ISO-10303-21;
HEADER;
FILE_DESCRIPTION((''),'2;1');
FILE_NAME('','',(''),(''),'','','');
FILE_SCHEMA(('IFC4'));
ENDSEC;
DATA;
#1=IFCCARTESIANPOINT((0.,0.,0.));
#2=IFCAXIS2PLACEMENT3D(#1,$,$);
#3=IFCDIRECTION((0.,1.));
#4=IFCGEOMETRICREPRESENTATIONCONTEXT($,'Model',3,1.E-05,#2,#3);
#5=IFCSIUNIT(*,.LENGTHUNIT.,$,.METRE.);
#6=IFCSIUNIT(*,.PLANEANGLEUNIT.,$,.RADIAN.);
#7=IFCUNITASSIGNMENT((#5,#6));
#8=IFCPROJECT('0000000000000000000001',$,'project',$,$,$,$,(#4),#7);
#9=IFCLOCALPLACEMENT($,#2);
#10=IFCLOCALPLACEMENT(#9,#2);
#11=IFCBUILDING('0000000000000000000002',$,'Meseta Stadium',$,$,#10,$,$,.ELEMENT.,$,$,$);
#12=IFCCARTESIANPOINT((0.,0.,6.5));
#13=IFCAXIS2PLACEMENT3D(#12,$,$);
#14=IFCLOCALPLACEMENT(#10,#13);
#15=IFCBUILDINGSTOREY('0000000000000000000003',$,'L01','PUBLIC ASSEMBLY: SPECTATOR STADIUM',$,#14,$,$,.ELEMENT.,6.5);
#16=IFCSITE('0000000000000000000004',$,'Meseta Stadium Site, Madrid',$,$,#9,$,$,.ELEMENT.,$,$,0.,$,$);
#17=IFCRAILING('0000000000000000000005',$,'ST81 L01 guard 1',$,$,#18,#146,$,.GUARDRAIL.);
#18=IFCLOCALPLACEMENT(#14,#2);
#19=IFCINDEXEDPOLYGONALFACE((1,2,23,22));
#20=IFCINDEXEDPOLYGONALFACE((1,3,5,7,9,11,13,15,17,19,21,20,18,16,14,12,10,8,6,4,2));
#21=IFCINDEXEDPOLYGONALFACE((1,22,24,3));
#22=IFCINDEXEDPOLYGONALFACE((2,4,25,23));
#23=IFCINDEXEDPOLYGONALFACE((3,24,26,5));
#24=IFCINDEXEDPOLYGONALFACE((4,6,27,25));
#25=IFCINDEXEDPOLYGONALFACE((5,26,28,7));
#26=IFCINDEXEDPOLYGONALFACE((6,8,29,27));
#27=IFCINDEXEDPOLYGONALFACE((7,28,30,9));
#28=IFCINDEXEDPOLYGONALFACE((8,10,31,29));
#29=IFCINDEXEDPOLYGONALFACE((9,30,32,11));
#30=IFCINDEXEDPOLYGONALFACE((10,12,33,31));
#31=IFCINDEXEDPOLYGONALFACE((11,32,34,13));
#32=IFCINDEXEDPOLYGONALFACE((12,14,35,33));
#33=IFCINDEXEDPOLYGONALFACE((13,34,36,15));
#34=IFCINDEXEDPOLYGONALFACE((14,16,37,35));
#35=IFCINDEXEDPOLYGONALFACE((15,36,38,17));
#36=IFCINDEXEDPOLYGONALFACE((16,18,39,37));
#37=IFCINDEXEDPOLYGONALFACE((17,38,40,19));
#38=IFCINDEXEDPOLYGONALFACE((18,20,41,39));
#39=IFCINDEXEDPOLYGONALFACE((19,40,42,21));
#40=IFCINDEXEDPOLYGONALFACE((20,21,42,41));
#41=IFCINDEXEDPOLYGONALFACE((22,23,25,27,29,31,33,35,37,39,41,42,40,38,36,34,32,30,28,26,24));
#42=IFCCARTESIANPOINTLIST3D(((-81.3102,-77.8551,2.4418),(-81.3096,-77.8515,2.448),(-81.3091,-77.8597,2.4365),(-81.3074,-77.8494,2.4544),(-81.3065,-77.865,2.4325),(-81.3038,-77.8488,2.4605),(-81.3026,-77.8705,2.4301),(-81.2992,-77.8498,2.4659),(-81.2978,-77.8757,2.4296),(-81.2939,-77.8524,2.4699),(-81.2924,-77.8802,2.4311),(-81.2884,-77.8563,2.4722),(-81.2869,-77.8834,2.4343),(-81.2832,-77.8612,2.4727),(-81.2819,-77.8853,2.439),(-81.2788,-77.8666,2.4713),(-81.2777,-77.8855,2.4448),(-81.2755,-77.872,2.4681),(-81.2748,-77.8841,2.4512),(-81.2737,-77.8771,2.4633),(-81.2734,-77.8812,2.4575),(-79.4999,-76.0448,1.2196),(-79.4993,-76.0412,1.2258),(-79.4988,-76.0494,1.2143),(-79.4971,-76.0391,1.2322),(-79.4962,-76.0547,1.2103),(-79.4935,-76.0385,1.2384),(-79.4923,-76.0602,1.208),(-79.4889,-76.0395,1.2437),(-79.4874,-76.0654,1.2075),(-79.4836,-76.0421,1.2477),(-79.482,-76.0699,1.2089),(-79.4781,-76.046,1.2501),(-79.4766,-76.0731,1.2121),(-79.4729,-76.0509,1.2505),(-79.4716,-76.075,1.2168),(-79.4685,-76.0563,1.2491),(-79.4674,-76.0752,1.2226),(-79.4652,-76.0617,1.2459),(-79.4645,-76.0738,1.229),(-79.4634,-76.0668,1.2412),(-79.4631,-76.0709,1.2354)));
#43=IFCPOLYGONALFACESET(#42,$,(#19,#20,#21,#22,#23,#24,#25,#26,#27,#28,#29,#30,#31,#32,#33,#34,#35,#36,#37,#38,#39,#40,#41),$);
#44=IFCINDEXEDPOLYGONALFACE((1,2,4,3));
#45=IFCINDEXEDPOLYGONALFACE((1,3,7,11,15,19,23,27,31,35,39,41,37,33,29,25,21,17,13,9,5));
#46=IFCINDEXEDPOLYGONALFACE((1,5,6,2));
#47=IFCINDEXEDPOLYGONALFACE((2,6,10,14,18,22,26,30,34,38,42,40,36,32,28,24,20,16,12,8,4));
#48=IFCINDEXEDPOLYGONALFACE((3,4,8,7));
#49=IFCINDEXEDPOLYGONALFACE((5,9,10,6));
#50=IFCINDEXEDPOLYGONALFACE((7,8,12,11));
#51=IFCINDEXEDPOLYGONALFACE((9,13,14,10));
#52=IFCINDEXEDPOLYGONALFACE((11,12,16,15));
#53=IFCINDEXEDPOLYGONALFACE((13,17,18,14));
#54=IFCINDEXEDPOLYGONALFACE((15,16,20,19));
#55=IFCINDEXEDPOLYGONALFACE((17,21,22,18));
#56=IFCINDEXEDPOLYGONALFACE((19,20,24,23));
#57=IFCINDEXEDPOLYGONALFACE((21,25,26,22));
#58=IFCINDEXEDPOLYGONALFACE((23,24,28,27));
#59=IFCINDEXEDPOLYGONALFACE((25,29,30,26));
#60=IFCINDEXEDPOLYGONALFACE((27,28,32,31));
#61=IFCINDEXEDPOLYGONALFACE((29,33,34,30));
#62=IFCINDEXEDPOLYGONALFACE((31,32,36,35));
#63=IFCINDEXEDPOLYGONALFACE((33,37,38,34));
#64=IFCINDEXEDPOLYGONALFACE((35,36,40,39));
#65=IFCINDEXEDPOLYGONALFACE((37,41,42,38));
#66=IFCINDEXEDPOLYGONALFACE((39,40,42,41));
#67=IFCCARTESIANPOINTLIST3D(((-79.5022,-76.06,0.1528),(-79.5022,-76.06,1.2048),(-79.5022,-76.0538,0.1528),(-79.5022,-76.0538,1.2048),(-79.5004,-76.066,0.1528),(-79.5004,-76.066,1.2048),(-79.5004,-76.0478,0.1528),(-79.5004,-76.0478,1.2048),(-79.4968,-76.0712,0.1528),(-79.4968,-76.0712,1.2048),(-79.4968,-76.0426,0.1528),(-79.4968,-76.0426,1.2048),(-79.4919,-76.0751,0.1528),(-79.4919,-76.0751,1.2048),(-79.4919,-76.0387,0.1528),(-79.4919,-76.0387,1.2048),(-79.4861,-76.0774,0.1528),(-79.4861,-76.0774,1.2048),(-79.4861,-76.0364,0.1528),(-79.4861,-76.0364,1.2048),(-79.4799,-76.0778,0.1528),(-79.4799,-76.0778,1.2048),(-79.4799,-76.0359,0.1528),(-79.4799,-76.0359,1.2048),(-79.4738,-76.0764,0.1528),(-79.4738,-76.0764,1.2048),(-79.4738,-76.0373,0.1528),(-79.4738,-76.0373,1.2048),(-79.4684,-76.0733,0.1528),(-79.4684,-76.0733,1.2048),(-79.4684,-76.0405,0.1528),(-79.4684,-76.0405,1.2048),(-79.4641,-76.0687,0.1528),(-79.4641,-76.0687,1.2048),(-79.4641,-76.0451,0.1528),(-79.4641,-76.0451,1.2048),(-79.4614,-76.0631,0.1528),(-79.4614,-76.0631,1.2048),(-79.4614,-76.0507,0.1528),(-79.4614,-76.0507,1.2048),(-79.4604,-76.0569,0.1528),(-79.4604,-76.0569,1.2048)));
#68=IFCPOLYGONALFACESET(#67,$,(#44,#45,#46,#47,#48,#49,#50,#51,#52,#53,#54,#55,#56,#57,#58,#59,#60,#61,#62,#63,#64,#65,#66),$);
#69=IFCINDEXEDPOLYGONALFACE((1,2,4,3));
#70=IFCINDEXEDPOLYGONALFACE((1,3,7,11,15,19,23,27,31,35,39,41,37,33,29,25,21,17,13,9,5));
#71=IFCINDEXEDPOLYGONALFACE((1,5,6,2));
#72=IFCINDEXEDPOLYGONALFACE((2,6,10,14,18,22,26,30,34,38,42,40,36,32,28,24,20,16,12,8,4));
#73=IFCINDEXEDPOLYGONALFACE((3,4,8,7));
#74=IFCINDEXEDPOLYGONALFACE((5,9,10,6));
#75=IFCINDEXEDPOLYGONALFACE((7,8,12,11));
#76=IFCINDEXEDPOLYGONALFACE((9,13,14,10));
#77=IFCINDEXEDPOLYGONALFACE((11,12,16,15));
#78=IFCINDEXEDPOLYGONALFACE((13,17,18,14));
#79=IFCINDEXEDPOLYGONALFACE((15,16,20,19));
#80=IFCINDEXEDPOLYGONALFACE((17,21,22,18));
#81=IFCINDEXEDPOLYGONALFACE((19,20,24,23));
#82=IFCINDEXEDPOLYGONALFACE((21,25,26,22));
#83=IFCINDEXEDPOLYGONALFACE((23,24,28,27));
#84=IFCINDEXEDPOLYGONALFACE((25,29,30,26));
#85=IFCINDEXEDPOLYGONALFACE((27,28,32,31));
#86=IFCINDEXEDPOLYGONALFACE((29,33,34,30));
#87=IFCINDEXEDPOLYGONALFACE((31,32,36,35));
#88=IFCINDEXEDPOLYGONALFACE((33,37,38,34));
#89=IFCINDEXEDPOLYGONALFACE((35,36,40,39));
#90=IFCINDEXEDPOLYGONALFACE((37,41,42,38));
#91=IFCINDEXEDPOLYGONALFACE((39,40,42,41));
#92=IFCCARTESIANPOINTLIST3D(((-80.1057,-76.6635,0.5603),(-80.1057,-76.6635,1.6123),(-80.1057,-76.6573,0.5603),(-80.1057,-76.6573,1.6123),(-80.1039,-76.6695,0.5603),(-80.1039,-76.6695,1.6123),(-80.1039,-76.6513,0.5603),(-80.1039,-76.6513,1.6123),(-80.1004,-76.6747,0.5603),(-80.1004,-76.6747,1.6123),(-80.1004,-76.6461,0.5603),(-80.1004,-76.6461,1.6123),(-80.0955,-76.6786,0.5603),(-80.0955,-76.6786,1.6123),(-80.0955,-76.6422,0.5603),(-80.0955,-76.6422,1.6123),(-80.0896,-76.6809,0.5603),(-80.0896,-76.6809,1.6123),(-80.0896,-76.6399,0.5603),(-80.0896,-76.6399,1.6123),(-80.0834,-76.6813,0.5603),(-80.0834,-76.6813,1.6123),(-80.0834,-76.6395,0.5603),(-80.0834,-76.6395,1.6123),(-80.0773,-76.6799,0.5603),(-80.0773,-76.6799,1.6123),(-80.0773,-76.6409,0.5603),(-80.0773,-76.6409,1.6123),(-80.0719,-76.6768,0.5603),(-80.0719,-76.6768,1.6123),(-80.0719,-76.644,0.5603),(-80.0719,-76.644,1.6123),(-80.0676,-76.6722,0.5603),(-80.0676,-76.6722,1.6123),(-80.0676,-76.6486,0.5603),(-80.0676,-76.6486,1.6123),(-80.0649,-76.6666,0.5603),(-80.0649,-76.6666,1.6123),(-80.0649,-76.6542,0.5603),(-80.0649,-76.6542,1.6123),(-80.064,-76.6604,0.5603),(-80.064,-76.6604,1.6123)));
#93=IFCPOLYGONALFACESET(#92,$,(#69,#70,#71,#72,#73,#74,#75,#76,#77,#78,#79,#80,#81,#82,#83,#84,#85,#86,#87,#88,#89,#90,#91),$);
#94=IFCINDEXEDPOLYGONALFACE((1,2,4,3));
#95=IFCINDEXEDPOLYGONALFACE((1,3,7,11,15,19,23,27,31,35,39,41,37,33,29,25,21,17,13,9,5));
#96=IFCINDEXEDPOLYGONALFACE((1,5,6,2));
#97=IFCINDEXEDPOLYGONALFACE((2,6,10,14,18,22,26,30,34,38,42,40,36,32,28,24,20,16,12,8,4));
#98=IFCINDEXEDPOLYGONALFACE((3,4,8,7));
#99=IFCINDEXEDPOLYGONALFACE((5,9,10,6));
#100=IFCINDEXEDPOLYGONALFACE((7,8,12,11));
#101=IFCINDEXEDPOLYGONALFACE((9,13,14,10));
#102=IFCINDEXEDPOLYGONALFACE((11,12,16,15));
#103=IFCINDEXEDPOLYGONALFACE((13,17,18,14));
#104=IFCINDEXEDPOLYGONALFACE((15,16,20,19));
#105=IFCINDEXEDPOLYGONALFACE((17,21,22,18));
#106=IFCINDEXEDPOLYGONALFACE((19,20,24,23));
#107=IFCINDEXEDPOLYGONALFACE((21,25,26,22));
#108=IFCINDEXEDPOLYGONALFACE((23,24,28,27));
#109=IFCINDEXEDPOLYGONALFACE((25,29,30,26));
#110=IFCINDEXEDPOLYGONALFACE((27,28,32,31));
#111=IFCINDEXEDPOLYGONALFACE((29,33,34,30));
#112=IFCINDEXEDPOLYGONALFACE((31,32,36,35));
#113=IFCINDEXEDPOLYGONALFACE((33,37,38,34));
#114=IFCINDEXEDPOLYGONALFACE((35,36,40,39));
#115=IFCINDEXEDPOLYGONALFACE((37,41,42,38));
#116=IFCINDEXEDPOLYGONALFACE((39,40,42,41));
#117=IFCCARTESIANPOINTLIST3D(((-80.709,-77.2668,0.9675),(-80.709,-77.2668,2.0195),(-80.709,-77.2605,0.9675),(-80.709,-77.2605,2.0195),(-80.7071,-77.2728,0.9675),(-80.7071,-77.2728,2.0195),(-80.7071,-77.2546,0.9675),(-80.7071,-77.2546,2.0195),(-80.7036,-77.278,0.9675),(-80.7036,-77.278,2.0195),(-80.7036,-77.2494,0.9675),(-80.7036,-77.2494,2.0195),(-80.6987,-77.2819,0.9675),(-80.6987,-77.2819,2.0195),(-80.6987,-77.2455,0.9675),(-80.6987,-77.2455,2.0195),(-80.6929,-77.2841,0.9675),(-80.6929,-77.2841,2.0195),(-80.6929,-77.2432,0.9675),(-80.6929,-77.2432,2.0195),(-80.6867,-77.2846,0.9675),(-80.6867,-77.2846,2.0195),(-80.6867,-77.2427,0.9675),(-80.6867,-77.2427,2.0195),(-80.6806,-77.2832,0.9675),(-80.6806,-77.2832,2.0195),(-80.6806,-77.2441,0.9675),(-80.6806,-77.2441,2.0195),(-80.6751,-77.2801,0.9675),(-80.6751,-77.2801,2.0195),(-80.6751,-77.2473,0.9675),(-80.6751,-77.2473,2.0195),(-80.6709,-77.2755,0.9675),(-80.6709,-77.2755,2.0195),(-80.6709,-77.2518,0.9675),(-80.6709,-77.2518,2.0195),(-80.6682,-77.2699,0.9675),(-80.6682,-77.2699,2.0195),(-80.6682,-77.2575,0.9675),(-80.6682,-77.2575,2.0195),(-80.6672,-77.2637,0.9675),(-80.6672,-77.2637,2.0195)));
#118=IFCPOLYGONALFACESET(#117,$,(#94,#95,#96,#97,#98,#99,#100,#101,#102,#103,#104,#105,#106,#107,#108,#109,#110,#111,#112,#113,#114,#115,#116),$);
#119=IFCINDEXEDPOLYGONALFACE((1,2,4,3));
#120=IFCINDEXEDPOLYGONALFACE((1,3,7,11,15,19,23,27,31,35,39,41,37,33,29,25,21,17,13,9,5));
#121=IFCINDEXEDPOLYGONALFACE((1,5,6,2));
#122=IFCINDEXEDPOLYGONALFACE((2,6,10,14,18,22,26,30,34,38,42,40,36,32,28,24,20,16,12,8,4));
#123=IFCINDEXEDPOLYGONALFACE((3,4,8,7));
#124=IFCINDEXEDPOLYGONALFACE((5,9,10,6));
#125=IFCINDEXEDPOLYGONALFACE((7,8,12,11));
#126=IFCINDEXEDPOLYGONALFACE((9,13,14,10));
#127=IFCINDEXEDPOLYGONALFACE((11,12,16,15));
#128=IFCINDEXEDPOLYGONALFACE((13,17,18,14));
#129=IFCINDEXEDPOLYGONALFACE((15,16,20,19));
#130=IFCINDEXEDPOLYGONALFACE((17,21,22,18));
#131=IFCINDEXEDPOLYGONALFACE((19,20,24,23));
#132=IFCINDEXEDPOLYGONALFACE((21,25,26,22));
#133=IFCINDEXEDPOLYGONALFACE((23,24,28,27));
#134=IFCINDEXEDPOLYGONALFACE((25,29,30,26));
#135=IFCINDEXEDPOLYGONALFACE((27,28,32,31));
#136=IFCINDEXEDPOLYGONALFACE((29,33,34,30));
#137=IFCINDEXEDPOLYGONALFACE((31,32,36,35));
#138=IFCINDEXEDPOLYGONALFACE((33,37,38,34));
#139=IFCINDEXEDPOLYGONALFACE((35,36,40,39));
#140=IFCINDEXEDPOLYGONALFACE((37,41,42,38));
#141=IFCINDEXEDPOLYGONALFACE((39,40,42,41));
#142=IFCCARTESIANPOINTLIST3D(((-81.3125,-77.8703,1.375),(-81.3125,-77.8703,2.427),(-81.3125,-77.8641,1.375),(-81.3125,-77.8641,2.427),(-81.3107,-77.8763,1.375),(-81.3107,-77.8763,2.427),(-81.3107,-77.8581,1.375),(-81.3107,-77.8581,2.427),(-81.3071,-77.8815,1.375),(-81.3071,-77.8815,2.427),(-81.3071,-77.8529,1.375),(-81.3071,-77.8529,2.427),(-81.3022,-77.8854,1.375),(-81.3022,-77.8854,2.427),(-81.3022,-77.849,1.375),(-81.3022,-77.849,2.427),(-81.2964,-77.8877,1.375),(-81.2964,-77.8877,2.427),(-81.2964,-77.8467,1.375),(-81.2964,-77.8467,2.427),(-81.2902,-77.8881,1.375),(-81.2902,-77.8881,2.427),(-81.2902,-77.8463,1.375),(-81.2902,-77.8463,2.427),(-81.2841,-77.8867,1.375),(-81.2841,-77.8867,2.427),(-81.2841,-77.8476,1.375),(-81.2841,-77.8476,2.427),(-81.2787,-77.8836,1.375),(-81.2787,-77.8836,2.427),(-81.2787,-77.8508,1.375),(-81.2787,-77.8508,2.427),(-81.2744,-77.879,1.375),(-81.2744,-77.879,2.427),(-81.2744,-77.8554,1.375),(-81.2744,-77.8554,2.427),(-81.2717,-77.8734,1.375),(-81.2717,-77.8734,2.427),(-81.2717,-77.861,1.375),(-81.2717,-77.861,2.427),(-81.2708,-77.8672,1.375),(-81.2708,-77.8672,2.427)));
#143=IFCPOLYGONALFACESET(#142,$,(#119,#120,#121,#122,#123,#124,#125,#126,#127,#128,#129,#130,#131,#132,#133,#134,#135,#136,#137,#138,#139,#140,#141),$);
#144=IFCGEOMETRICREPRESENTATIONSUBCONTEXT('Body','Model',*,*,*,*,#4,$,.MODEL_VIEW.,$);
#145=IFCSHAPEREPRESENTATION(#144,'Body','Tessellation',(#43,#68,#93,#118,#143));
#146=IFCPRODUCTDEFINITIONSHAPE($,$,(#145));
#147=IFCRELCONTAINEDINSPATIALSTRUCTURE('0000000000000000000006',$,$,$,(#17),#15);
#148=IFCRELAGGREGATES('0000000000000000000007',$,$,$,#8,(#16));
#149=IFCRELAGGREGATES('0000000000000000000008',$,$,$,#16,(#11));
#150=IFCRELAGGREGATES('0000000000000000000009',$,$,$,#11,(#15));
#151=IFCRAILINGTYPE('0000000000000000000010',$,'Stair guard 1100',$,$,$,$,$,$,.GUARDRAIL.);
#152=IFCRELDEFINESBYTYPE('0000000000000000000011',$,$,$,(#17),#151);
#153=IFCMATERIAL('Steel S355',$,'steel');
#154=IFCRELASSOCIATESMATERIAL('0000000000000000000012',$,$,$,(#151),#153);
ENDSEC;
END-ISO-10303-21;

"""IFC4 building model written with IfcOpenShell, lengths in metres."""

from ifc_helpers import new_model, si_unit, direction, frame, origin, origin_2d, place, context, subcontext, project, spatial, circle, extrude, material, type_object, element, save


model = new_model("IFC4")

# Units and contexts
model_context = context("Model", 3, precision=1e-05, world=origin(), true_north=direction((0.0, 1.0)))
body_context = subcontext(model_context, "Body", "Model", "MODEL_VIEW")
ifc_project = project(units=[si_unit("LENGTHUNIT", "METRE"), si_unit("PLANEANGLEUNIT", "RADIAN")], contexts=[model_context])

# Site, building, storey
site_placement = place(None, origin())
site = spatial("IfcSite", under=ifc_project, at=site_placement, Name="Meseta Stadium Site, Madrid", CompositionType="ELEMENT", RefElevation=0.0)
building_placement = place(site_placement, origin())
building = spatial("IfcBuilding", under=site, at=building_placement, Name="Meseta Stadium", CompositionType="ELEMENT")
storey_placement = place(building_placement, frame((0.0, 0.0, 6.5)))
storey = spatial("IfcBuildingStorey", under=building, at=storey_placement, Name="L01", Description="PUBLIC ASSEMBLY: SPECTATOR STADIUM", CompositionType="ELEMENT", Elevation=6.5)

# Railing
ifc_material_1 = material(Name="Steel S355", Category="steel")
railing_type_1 = type_object("IfcRailingType", Name="Stair guard 1100", PredefinedType="GUARDRAIL", material=ifc_material_1)
railing_1_placement = place(storey_placement, frame((-79.4814, -76.0569, 0.1528)))
element("IfcRailing", 1, at=railing_1_placement, inside=storey, type_object=railing_type_1, Name="ST81 L01 guard 1", PredefinedType="GUARDRAIL", context=body_context, shape_type="SweptSolid", body=[
    extrude(circle(Radius=0.0239, at=origin_2d()), frame((0.0, 0.0, 1.0762), z_axis=(-0.638124, -0.638124, 0.430809), x_axis=(0.707107, -0.707107, 0.0)), (0.0, 0.0, 1.0), 2.8369),
    extrude(circle(Radius=0.021, at=origin_2d()), origin(), (0.0, 0.0, 1.0), 1.052),
    extrude(circle(Radius=0.021, at=origin_2d()), frame((-0.6035, -0.6035, 0.4075)), (0.0, 0.0, 1.0), 1.052),
    extrude(circle(Radius=0.021, at=origin_2d()), frame((-1.2068, -1.2068, 0.8147)), (0.0, 0.0, 1.0), 1.052),
    extrude(circle(Radius=0.021, at=origin_2d()), frame((-1.8103, -1.8103, 1.2222)), (0.0, 0.0, 1.0), 1.052),
])

save(model, "model.ifc")
